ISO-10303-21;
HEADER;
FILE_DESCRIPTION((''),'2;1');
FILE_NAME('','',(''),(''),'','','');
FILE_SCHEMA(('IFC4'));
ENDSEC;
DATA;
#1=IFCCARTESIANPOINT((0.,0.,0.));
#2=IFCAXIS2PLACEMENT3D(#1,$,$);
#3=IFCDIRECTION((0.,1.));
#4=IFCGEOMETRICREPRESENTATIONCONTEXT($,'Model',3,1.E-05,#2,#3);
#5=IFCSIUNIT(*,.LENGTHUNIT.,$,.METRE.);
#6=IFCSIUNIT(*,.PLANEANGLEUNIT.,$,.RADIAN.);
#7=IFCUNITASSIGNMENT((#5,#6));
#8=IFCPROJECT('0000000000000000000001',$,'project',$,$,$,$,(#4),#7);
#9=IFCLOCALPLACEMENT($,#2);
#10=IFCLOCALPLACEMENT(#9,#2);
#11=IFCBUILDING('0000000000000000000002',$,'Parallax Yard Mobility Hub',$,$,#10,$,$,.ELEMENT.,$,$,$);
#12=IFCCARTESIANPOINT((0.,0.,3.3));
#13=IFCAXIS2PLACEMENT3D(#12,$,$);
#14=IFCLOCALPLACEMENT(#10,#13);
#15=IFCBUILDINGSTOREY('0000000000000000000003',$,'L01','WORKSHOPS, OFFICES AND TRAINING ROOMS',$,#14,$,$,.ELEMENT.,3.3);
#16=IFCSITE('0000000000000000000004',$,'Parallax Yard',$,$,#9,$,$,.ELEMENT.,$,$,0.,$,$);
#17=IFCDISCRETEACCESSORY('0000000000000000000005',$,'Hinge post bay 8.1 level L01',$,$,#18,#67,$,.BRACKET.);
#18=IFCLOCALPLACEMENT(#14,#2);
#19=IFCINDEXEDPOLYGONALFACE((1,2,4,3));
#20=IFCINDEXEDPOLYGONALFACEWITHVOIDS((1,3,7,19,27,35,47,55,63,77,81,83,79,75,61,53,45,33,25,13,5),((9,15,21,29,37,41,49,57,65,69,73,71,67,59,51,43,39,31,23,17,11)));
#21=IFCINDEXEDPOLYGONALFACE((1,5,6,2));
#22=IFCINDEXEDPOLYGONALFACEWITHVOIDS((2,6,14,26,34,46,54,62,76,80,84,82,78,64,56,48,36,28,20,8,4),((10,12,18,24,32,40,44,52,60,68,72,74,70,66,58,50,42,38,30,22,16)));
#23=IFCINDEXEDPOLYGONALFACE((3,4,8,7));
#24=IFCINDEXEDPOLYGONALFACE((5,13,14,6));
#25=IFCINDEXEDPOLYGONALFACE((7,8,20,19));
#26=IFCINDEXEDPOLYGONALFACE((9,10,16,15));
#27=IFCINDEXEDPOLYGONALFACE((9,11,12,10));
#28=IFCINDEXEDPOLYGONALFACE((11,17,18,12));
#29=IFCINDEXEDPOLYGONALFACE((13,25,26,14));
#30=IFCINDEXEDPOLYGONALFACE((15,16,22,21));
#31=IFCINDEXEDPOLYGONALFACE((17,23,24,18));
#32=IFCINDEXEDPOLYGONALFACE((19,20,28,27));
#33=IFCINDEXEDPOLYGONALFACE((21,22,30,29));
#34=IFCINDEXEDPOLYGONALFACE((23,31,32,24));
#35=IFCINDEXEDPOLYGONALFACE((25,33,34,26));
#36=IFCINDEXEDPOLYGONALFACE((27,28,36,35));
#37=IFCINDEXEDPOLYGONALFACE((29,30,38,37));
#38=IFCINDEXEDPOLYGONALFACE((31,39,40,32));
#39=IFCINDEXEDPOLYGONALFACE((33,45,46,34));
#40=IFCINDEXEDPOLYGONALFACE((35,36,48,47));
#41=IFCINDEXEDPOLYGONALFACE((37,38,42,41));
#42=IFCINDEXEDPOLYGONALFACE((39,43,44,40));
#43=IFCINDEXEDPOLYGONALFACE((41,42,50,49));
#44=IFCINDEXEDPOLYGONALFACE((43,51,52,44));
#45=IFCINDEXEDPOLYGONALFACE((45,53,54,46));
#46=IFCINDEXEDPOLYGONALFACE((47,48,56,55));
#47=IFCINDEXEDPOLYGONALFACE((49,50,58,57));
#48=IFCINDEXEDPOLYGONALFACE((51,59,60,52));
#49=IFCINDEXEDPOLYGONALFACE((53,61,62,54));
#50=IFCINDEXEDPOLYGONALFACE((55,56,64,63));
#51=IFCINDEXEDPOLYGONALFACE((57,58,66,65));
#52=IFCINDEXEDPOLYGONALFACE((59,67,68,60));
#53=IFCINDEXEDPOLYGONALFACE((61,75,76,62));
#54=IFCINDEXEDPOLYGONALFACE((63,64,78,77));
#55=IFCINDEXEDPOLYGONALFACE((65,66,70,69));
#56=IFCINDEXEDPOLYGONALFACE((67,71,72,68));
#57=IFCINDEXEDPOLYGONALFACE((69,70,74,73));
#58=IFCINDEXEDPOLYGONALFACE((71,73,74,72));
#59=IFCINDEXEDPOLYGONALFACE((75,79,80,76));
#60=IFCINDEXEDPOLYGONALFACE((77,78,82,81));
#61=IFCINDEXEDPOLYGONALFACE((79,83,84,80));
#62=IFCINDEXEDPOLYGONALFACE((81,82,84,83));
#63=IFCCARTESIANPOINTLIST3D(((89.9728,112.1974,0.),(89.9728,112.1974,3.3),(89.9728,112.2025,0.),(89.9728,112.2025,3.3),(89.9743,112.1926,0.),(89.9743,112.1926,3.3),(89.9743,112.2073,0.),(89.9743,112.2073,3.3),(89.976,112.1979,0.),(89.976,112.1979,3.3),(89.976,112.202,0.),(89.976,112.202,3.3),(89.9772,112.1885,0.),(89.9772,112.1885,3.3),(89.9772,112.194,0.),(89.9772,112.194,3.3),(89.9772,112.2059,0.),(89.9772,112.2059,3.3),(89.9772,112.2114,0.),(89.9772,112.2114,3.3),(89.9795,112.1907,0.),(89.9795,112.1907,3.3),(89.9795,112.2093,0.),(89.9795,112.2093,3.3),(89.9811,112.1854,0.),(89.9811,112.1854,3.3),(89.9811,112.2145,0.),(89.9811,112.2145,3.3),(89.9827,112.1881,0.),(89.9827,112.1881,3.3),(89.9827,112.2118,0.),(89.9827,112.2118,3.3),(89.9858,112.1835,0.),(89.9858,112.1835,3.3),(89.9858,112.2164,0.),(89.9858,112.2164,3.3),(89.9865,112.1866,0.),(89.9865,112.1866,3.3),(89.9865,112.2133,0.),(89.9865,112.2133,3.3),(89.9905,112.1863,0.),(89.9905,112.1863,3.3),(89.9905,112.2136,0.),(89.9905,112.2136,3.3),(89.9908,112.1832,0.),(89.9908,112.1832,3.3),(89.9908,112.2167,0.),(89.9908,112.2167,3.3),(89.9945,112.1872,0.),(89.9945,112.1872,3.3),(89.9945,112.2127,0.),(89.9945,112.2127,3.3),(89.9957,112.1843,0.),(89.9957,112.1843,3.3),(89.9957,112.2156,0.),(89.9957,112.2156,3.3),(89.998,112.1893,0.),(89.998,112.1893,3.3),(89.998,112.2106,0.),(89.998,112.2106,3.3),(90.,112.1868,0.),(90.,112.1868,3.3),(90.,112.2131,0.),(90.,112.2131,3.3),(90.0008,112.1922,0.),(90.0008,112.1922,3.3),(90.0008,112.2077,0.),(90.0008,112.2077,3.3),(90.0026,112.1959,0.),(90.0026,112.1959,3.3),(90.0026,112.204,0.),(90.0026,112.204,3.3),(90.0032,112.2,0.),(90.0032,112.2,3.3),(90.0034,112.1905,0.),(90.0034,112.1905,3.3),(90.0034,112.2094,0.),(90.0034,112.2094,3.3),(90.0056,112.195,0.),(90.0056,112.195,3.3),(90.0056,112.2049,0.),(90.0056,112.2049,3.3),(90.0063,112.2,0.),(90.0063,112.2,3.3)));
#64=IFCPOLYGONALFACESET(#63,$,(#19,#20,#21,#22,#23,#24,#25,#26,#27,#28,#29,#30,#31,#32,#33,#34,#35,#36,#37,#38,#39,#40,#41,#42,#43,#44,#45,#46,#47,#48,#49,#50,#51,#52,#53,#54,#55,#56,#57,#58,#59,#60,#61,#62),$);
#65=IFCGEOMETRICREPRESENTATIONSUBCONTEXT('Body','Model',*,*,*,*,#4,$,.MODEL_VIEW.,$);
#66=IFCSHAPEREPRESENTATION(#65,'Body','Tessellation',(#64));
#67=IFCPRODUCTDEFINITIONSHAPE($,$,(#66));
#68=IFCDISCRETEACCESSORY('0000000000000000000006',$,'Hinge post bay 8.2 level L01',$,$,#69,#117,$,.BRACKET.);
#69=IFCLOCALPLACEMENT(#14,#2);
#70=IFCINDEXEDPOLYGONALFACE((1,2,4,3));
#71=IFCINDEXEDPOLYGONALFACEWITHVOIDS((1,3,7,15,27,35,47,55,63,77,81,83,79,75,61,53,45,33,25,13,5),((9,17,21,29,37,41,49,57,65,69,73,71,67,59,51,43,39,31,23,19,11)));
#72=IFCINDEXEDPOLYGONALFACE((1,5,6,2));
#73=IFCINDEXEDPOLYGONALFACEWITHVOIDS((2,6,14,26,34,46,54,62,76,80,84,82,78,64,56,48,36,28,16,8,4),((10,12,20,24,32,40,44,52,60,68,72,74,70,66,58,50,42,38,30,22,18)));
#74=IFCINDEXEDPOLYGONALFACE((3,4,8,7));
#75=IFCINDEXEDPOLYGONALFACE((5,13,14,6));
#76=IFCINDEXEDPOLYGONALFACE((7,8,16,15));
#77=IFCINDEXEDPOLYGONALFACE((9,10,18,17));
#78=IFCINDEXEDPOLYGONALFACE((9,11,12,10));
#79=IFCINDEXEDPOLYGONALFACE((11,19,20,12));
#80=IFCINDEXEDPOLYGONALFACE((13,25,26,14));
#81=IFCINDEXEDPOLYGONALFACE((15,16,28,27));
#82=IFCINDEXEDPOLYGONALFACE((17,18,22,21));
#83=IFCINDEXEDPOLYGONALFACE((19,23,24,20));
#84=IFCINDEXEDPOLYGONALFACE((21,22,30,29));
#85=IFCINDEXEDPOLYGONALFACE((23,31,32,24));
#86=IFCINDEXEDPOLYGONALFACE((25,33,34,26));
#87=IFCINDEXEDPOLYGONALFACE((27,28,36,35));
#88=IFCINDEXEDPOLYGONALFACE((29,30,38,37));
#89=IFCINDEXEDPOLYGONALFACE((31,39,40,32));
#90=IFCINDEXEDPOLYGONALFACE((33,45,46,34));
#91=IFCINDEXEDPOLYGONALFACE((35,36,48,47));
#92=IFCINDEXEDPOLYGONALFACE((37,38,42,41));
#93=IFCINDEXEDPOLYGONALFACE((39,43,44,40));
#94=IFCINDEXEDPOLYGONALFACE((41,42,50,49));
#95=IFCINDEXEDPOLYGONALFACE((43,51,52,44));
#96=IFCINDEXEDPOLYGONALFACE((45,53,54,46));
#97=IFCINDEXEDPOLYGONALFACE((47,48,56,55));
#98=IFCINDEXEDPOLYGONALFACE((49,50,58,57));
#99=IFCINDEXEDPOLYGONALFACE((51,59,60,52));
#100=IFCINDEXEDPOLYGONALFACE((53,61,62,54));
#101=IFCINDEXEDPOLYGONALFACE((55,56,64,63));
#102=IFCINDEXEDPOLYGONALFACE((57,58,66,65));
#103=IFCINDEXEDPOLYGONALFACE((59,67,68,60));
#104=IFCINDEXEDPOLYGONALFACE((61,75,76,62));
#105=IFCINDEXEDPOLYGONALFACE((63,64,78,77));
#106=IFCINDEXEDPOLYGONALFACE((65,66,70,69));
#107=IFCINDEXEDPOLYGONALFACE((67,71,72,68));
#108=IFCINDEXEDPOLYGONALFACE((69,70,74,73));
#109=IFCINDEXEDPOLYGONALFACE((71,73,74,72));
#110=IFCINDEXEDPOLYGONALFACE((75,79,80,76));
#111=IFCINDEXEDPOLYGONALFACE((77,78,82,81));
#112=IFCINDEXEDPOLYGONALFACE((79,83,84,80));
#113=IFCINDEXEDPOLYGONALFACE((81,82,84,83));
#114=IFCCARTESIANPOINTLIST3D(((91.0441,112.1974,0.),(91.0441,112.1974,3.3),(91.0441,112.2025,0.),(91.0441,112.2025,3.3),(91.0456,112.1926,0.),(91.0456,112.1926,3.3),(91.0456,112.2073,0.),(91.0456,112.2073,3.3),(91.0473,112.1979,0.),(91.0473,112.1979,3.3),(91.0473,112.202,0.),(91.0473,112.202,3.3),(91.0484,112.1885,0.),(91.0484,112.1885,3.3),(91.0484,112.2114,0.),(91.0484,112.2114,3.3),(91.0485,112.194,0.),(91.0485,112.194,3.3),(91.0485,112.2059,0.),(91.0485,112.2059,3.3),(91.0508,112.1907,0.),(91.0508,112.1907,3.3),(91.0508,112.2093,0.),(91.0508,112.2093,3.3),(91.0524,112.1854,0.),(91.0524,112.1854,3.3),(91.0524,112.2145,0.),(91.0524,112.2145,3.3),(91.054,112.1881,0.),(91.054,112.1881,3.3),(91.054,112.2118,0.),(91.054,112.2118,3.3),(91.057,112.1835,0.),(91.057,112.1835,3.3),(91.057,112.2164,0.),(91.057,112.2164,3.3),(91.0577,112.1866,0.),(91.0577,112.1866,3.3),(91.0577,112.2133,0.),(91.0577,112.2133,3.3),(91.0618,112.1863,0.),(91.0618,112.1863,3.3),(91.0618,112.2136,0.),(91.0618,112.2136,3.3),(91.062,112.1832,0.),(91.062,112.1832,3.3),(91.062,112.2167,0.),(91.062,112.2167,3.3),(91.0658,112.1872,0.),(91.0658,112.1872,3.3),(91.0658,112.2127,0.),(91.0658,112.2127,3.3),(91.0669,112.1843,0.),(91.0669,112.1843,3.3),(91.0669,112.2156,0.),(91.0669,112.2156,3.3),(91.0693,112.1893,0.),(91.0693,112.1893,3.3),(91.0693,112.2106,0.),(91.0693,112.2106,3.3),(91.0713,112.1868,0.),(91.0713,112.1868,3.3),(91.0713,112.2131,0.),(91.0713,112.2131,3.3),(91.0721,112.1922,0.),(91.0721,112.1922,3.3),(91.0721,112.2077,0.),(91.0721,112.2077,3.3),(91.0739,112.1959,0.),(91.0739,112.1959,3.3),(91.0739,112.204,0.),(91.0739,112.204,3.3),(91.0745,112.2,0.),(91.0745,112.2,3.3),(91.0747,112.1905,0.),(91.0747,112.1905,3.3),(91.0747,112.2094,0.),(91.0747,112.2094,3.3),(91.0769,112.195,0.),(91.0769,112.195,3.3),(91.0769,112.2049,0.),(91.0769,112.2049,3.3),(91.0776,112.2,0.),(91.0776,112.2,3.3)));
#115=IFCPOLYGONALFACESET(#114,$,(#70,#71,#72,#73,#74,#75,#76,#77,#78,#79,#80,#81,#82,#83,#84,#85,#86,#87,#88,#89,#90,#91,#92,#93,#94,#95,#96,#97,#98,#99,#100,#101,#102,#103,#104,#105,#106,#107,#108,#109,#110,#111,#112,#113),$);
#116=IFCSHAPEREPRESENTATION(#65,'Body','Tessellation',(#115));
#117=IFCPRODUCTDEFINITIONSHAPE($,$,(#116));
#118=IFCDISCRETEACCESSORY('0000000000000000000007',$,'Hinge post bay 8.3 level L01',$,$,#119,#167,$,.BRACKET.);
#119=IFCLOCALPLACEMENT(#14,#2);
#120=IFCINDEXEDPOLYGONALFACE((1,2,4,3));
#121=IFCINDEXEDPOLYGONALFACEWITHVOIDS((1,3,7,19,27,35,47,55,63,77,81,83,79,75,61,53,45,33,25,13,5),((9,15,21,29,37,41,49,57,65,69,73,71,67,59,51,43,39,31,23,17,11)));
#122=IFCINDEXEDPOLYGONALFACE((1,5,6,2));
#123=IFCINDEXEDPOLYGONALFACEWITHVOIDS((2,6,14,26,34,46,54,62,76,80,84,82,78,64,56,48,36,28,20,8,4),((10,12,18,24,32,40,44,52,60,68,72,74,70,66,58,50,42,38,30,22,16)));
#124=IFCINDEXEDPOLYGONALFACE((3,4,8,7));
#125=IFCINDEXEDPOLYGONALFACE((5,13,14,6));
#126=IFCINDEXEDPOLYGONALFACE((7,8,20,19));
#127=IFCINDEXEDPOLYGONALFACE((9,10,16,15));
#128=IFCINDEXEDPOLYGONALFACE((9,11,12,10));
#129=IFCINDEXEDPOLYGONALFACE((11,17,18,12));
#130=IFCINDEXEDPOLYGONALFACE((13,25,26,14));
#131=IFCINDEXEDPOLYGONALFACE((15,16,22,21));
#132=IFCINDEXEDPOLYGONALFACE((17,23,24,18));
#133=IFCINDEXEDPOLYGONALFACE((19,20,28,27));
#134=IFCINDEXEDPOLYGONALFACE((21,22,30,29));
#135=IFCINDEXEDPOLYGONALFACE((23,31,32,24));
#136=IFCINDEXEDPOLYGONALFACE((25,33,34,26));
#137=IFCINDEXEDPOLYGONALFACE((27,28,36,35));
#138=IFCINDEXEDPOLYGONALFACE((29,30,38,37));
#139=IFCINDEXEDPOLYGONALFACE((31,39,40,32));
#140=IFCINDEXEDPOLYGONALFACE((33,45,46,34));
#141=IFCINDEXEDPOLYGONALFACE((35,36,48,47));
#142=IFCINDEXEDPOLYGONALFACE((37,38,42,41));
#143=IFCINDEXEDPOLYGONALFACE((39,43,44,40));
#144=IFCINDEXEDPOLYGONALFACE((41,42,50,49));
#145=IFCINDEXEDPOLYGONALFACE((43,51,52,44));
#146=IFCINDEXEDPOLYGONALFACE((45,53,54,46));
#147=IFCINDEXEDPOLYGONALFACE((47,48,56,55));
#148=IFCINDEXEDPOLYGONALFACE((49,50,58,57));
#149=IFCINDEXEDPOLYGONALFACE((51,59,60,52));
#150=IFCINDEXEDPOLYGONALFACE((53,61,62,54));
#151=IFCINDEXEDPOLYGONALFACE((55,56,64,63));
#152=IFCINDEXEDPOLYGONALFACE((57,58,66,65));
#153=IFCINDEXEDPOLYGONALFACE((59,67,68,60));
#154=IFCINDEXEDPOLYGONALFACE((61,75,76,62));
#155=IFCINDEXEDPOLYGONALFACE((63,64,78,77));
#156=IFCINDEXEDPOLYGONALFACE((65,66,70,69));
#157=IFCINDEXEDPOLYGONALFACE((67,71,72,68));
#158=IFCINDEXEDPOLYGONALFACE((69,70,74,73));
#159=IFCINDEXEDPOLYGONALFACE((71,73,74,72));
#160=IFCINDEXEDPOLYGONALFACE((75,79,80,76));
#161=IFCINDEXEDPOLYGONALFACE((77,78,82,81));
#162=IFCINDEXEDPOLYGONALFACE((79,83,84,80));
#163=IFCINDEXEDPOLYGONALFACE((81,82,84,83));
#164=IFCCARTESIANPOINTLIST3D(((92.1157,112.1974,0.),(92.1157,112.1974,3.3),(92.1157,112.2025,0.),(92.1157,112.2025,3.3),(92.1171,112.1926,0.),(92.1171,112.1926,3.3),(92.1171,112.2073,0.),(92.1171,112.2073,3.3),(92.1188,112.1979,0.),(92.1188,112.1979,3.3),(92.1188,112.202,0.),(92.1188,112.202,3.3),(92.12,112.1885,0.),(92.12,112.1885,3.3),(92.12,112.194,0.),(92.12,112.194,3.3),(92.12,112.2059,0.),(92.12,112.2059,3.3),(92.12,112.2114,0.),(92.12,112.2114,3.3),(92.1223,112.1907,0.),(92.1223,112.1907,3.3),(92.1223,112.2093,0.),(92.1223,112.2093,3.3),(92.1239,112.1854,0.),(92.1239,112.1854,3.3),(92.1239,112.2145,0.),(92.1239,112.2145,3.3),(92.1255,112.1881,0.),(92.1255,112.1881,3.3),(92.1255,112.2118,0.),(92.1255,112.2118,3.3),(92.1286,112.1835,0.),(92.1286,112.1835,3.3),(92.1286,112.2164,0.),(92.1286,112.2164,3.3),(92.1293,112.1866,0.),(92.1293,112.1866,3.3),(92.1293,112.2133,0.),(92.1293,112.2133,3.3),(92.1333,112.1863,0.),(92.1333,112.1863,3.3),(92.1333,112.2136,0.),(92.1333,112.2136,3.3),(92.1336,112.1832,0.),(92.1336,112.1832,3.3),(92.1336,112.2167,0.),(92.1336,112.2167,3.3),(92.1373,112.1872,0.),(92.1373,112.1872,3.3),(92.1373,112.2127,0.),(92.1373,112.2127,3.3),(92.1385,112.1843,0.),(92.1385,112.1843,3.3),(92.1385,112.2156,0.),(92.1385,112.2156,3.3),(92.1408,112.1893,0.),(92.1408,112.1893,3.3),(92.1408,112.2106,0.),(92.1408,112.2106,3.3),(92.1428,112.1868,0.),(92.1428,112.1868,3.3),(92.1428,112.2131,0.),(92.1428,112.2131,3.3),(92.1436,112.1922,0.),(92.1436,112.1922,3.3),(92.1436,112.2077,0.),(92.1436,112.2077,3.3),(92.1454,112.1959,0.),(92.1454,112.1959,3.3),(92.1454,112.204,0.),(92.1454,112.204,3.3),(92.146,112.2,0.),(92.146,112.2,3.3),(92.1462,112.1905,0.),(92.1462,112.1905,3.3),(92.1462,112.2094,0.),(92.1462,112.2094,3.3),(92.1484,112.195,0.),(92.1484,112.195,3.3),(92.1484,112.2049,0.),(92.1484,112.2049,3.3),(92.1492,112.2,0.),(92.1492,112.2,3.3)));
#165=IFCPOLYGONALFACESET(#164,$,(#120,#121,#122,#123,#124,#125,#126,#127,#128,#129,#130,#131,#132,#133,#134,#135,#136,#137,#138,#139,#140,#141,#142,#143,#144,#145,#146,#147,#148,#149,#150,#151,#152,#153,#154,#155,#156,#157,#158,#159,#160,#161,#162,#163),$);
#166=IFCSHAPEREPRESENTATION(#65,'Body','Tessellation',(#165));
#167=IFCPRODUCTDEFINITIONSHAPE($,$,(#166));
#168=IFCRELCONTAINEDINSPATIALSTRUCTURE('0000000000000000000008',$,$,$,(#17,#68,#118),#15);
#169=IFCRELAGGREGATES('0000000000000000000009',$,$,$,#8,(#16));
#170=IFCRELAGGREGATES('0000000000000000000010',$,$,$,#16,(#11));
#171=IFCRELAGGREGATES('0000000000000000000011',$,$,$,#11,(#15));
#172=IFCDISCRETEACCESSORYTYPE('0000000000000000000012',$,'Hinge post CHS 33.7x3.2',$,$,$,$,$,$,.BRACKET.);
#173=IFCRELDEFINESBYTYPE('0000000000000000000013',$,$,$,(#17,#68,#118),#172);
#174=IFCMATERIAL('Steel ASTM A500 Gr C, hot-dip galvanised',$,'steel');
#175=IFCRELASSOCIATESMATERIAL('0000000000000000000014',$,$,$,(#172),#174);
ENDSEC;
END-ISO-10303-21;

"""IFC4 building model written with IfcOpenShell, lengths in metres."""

from ifc_helpers import new_model, si_unit, direction, frame, origin, origin_2d, place, context, subcontext, project, spatial, hollow_circle, extrude, material, material_profile, profile_set, type_object, element, save


model = new_model("IFC4")

# Units and contexts
model_context = context("Model", 3, precision=1e-05, world=origin(), true_north=direction((0.0, 1.0)))
body_context = subcontext(model_context, "Body", "Model", "MODEL_VIEW")
ifc_project = project(units=[si_unit("LENGTHUNIT", "METRE"), si_unit("PLANEANGLEUNIT", "RADIAN")], contexts=[model_context])

# Site, building, storey
site_placement = place(None, origin())
site = spatial("IfcSite", under=ifc_project, at=site_placement, Name="Parallax Yard", CompositionType="ELEMENT", RefElevation=0.0)
building_placement = place(site_placement, origin())
building = spatial("IfcBuilding", under=site, at=building_placement, Name="Parallax Yard Mobility Hub", CompositionType="ELEMENT")
storey_placement = place(building_placement, frame((0.0, 0.0, 3.3)))
storey = spatial("IfcBuildingStorey", under=building, at=storey_placement, Name="L01", Description="WORKSHOPS, OFFICES AND TRAINING ROOMS", CompositionType="ELEMENT", Elevation=3.3)

# Discrete accessories
ifc_material_1 = material(Name="Steel ASTM A500 Gr C, hot-dip galvanised", Category="steel")
ifc_material_profile_1 = material_profile(ifc_material_1, hollow_circle(Radius=0.0168, WallThickness=0.0032, at=origin_2d()), Name="CHS 33.7x3.2")
ifc_profile_set_1 = profile_set([ifc_material_profile_1], Name="Steel ASTM A500 Gr C, hot-dip galvanised")
discrete_accessory_type_1 = type_object("IfcDiscreteAccessoryType", Name="Hinge post CHS 33.7x3.2", PredefinedType="BRACKET", material=ifc_profile_set_1)
for number, where, z_axis, x_axis, name in (
    (1, (89.9895, 112.2, 0.0), (0.0, 0.0, 1.0), (1.0, 0.0, 0.0), "Hinge post bay 8.1 level L01"),
    (2, (91.0608, 112.2, 0.0), (0.0, 0.0, 1.0), (1.0, 0.0, 0.0), "Hinge post bay 8.2 level L01"),
    (3, (92.1323, 112.2, 0.0), (0.0, 0.0, 1.0), (1.0, 0.0, 0.0), "Hinge post bay 8.3 level L01"),
):
    element("IfcDiscreteAccessory", number, at=place(storey_placement, frame(where, z_axis=z_axis, x_axis=x_axis)), inside=storey, type_object=discrete_accessory_type_1, Name=name, PredefinedType="BRACKET", context=body_context, shape_type="SweptSolid", body=[
        extrude(hollow_circle(Radius=0.0168, WallThickness=0.0032, at=origin_2d()), origin(), (0.0, 0.0, 1.0), 3.3),
    ])

save(model, "model.ifc")
